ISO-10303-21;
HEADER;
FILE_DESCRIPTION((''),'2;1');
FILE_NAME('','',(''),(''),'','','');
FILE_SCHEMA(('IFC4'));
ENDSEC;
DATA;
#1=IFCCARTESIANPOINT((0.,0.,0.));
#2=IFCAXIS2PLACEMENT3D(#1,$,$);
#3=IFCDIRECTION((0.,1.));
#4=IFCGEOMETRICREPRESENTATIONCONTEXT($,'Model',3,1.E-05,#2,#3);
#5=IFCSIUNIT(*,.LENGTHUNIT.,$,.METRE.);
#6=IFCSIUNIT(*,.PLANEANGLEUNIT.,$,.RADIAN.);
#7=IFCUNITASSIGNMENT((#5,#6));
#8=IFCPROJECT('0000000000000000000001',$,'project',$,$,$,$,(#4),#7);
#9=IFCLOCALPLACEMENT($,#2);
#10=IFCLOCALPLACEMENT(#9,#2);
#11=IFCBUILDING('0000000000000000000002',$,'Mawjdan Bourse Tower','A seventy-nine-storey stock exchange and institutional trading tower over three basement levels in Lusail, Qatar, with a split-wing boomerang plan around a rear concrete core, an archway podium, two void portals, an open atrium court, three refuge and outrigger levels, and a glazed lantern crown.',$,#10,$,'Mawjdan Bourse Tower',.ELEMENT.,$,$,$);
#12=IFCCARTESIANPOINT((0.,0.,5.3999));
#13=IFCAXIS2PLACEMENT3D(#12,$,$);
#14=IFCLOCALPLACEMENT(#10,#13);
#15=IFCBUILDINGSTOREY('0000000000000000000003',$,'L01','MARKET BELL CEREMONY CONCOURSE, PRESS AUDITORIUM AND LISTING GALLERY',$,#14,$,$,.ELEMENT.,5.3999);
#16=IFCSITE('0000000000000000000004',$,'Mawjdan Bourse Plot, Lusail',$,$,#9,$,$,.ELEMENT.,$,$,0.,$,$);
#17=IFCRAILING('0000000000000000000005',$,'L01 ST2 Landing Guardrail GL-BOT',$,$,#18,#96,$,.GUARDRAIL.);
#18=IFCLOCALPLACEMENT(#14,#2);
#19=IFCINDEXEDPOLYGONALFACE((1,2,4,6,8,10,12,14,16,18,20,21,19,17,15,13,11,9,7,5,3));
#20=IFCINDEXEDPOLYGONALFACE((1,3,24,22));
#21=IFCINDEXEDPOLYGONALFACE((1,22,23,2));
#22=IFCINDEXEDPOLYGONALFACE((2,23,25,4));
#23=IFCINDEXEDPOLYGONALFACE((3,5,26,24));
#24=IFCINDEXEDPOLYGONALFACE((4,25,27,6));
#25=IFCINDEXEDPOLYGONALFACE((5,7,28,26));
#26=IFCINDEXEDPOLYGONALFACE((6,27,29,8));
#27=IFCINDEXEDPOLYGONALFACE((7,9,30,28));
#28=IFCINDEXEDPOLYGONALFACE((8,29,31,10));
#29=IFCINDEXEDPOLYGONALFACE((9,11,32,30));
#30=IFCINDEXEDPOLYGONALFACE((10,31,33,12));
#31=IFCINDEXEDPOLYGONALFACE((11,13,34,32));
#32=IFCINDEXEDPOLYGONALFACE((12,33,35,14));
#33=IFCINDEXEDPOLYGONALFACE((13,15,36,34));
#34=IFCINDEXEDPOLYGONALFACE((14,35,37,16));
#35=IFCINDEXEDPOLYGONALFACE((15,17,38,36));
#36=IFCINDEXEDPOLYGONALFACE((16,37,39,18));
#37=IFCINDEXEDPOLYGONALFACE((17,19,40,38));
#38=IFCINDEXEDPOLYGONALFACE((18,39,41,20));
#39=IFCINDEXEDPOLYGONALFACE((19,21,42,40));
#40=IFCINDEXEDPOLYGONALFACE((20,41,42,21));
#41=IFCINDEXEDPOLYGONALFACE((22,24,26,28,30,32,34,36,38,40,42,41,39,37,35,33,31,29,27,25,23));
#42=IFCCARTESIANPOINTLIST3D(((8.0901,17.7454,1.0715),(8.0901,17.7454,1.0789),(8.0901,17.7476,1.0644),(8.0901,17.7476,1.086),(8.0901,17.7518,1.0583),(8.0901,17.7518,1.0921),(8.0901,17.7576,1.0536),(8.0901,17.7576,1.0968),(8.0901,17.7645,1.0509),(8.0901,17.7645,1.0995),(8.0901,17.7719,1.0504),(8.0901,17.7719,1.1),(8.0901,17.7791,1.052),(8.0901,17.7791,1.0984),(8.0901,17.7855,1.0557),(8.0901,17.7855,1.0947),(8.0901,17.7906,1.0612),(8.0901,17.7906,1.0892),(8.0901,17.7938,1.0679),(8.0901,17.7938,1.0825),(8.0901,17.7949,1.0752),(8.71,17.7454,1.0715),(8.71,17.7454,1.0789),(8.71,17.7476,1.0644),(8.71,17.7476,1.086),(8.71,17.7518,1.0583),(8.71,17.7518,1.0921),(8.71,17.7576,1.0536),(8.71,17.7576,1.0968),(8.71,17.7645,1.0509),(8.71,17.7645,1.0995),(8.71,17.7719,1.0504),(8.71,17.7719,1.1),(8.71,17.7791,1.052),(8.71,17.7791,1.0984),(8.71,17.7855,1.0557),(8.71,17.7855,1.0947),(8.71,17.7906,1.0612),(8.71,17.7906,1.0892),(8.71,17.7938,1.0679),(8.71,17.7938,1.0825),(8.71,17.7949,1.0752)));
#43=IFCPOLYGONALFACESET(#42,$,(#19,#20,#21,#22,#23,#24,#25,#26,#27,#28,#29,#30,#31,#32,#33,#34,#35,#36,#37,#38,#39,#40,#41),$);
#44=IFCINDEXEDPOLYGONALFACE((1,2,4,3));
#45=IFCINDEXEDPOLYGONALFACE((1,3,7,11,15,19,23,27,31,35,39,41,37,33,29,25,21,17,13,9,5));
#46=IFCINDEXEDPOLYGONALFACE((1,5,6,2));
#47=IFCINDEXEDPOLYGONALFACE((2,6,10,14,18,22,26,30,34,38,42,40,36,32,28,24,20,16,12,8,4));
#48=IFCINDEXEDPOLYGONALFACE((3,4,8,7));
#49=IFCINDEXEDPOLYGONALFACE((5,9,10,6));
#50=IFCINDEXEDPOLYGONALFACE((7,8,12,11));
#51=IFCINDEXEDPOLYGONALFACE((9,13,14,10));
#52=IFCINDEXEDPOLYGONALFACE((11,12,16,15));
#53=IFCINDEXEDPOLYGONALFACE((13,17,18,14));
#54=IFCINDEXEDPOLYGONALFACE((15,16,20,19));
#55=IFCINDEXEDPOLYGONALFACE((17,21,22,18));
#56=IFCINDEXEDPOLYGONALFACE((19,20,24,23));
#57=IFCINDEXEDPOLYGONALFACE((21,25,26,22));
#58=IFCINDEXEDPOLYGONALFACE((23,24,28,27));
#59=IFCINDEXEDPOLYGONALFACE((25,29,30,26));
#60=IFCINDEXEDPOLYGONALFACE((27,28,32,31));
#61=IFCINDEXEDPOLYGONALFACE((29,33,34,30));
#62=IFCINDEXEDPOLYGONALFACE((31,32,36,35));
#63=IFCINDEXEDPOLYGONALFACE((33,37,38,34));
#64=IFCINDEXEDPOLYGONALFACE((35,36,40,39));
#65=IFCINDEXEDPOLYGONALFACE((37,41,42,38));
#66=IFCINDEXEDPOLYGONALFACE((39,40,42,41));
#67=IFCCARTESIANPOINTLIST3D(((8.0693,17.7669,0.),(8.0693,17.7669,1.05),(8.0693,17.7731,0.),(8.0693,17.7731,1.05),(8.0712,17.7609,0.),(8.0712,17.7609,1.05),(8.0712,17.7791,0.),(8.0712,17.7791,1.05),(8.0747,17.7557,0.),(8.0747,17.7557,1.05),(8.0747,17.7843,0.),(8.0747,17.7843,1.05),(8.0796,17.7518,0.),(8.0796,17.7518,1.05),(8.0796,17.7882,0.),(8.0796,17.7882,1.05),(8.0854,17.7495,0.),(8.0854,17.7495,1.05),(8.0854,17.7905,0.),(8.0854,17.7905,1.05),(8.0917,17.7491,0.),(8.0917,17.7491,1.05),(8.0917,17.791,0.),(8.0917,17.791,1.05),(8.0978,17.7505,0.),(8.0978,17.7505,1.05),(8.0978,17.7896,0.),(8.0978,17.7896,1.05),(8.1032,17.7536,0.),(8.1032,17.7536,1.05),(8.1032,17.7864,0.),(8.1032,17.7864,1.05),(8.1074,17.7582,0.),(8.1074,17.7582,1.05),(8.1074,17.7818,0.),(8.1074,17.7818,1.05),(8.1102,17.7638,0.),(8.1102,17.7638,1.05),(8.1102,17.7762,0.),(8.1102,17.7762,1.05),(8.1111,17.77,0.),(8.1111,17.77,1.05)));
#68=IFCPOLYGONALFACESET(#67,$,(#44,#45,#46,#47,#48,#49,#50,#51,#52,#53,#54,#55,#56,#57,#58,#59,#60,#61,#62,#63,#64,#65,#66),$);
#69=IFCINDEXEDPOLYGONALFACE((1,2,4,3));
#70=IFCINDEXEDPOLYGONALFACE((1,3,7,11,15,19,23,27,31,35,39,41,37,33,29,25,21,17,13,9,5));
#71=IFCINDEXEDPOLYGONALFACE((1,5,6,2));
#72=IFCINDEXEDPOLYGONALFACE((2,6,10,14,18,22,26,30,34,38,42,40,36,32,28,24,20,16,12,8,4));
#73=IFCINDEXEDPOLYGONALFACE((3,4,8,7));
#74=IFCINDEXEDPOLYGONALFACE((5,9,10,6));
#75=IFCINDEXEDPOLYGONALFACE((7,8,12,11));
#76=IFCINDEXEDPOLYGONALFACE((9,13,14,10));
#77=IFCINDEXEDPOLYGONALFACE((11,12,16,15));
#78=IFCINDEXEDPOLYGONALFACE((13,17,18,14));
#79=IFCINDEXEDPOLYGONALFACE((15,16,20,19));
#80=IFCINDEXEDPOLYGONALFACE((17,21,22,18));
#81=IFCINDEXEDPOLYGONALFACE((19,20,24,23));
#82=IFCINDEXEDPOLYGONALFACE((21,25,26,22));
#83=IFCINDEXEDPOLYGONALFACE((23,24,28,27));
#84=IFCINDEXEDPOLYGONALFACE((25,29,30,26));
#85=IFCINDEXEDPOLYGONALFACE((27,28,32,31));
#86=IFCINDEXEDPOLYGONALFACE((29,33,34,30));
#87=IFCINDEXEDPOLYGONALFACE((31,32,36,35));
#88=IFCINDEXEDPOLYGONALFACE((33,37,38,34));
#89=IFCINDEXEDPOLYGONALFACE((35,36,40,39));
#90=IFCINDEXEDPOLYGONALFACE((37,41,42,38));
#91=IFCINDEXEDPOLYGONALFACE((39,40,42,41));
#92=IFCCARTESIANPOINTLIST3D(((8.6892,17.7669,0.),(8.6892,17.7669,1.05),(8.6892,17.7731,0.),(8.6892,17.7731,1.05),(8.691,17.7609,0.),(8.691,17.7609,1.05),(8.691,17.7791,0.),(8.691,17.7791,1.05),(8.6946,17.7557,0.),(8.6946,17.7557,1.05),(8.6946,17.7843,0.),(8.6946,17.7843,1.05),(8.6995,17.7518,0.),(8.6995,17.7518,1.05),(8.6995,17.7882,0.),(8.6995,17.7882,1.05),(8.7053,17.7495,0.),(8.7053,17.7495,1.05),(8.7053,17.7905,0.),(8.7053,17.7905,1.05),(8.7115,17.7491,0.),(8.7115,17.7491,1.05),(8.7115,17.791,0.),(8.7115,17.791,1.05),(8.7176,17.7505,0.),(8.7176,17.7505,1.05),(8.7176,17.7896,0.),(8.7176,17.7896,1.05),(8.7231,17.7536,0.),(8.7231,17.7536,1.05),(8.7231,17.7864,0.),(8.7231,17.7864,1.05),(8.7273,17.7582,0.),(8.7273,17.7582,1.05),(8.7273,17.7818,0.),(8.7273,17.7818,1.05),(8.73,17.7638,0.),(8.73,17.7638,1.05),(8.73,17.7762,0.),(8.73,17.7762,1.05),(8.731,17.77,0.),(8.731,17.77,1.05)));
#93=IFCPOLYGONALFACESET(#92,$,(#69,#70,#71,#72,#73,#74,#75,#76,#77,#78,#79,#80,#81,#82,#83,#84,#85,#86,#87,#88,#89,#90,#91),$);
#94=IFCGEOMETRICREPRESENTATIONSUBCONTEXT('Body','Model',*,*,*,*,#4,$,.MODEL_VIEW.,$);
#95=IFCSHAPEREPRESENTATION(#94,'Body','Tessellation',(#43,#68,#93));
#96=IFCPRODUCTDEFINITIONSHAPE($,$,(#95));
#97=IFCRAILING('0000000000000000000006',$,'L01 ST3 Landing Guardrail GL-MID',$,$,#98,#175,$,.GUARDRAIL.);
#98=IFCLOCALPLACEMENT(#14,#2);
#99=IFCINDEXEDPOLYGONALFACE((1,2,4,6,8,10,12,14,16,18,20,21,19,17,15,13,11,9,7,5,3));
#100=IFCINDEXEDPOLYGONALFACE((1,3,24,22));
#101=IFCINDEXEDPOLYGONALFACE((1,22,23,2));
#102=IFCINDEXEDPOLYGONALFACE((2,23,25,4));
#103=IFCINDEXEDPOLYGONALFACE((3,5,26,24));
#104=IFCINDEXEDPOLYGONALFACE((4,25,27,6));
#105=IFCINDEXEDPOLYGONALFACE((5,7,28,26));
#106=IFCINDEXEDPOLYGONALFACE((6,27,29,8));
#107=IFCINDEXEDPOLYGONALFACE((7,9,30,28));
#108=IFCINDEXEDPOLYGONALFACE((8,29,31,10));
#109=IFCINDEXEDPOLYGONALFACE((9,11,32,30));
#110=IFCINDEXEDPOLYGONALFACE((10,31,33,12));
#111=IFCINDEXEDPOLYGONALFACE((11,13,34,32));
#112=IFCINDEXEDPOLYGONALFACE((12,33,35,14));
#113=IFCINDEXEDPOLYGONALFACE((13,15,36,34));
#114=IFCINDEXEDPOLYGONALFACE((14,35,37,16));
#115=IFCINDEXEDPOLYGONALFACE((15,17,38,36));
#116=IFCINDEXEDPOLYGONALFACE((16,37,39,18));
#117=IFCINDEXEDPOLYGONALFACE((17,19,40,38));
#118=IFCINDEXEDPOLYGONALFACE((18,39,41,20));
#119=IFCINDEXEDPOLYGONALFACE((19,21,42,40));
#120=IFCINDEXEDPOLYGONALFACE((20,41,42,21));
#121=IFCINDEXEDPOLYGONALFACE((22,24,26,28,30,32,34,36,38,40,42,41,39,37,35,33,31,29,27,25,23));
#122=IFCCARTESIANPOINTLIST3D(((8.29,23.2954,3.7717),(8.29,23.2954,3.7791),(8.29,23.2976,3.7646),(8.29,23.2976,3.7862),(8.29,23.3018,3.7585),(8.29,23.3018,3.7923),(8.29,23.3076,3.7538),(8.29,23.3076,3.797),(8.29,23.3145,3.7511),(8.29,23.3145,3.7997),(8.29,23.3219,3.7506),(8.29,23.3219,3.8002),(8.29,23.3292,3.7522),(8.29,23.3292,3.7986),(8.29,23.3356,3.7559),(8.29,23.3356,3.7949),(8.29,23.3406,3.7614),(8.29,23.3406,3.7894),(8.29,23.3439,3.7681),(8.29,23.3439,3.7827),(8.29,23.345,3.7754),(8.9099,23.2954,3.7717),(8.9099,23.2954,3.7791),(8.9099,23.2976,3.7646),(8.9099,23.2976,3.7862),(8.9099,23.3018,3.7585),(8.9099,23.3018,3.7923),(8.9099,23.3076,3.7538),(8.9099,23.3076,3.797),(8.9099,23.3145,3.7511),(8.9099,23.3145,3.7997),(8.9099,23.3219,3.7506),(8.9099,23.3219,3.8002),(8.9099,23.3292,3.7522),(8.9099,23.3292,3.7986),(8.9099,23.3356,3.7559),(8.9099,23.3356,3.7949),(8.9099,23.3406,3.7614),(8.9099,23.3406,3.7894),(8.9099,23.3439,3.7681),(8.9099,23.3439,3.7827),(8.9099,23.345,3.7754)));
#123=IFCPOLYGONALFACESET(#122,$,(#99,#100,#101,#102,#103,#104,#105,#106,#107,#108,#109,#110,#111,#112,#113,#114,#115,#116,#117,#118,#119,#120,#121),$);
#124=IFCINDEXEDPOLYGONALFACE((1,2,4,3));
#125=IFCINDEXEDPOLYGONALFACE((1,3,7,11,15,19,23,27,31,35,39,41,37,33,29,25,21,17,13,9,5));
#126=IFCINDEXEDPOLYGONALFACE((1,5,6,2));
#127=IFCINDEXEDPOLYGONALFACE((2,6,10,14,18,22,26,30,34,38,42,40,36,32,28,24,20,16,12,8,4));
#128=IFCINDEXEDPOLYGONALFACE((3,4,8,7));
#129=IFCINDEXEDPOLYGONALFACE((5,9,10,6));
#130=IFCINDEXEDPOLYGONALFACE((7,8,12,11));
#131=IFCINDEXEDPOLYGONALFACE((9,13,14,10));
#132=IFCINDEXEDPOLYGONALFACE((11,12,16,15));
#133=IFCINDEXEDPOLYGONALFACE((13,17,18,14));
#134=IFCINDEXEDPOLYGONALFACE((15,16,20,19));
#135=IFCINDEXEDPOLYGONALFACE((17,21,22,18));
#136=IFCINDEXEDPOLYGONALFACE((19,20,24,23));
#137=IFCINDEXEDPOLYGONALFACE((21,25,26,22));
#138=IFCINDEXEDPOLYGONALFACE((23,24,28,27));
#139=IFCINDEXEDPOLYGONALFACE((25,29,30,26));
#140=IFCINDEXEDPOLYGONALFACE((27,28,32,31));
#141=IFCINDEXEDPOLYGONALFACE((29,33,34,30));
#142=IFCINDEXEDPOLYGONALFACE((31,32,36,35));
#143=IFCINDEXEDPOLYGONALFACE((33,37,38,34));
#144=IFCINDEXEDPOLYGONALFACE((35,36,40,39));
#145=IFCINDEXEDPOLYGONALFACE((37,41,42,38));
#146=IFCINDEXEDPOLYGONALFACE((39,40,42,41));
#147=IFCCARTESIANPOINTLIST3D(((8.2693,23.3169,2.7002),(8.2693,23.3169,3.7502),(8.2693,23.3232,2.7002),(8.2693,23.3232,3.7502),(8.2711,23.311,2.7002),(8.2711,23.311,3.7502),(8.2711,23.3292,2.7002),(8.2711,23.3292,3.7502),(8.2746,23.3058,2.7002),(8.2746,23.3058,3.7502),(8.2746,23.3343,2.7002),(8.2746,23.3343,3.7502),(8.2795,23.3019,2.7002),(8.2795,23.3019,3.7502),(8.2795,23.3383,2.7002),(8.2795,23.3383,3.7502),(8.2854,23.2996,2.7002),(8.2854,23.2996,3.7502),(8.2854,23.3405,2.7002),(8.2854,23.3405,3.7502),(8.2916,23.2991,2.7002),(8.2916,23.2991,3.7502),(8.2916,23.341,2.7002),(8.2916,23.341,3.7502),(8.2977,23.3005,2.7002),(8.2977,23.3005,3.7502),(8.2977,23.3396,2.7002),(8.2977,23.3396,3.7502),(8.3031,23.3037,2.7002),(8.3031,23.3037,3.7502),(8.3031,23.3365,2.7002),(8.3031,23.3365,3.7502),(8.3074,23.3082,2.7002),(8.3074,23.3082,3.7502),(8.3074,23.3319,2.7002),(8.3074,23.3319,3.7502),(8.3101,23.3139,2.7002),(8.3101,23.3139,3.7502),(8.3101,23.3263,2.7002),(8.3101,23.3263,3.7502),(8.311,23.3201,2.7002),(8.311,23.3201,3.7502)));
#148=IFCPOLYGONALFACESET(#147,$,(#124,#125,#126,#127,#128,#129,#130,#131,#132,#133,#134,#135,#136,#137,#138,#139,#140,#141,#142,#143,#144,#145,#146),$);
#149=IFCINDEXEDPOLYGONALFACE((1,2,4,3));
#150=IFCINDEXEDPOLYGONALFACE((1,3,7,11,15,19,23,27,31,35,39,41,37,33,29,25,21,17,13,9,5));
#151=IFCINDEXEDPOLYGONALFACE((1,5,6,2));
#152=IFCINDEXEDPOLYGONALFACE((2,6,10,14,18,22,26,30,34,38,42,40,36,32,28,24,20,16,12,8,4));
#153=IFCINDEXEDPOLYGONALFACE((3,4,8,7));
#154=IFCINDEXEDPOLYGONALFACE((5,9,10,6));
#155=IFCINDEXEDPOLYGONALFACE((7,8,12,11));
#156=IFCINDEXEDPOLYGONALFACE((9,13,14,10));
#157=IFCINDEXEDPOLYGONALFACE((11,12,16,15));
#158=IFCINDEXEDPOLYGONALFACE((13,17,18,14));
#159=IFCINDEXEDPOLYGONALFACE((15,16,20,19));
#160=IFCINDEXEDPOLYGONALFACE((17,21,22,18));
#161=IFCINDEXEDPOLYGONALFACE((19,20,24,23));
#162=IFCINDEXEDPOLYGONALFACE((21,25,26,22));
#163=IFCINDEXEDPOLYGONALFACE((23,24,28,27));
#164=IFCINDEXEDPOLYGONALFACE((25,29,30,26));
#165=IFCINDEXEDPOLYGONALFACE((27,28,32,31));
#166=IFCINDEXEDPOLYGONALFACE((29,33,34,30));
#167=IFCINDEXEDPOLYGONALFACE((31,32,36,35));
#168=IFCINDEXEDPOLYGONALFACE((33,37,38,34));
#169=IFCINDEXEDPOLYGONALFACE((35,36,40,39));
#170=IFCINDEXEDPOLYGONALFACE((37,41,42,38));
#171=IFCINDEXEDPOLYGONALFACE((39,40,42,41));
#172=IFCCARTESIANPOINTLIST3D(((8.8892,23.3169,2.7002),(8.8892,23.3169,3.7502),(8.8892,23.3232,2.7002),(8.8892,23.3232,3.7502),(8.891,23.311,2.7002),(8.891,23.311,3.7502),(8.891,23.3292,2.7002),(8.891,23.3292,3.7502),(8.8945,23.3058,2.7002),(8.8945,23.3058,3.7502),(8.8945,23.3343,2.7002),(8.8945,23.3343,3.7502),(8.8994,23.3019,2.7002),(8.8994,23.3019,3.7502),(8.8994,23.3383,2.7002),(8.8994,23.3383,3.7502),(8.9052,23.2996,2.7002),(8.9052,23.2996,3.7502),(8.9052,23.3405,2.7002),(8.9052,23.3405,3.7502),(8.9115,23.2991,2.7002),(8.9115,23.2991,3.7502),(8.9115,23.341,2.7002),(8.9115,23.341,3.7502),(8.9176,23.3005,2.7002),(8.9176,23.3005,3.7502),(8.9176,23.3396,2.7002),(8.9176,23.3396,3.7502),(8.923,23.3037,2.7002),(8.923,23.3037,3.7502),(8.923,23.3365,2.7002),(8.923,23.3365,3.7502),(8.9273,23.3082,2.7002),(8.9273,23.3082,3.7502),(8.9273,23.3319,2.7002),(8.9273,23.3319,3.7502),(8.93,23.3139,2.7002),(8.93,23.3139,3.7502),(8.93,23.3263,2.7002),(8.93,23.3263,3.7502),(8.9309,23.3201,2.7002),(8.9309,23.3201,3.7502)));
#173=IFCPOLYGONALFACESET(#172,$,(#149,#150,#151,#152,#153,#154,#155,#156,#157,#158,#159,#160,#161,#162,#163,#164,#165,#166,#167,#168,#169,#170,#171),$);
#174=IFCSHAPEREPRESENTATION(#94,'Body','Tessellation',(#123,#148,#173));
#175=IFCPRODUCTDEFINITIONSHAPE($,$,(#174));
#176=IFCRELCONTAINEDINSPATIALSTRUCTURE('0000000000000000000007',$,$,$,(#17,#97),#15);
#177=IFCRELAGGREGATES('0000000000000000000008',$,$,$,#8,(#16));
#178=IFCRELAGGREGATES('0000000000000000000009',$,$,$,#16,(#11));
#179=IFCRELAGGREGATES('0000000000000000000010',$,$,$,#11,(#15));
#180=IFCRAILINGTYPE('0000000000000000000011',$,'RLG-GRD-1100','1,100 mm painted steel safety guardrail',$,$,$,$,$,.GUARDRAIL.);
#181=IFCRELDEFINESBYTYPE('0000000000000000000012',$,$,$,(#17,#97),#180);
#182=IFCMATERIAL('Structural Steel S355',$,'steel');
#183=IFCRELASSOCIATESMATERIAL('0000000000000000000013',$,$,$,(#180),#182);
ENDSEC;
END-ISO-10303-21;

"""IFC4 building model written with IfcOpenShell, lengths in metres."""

from ifc_helpers import new_model, si_unit, direction, frame, origin, origin_2d, place, context, subcontext, project, spatial, circle, extrude, material, type_object, element, save


model = new_model("IFC4")

# Units and contexts
model_context = context("Model", 3, precision=1e-05, world=origin(), true_north=direction((0.0, 1.0)))
body_context = subcontext(model_context, "Body", "Model", "MODEL_VIEW")
ifc_project = project(units=[si_unit("LENGTHUNIT", "METRE"), si_unit("PLANEANGLEUNIT", "RADIAN")], contexts=[model_context])

# Site, building, storey
site_placement = place(None, origin())
site = spatial("IfcSite", under=ifc_project, at=site_placement, Name="Mawjdan Bourse Plot, Lusail", CompositionType="ELEMENT", RefElevation=0.0)
building_placement = place(site_placement, origin())
building = spatial("IfcBuilding", under=site, at=building_placement, Name="Mawjdan Bourse Tower", Description="A seventy-nine-storey stock exchange and institutional trading tower over three basement levels in Lusail, Qatar, with a split-wing boomerang plan around a rear concrete core, an archway podium, two void portals, an open atrium court, three refuge and outrigger levels, and a glazed lantern crown.", LongName="Mawjdan Bourse Tower", CompositionType="ELEMENT")
storey_placement = place(building_placement, frame((0.0, 0.0, 5.3999)))
storey = spatial("IfcBuildingStorey", under=building, at=storey_placement, Name="L01", Description="MARKET BELL CEREMONY CONCOURSE, PRESS AUDITORIUM AND LISTING GALLERY", CompositionType="ELEMENT", Elevation=5.3999)

# Shared definitions
ifc_material_1 = material(Name="Structural Steel S355", Category="steel")

# Railings
railing_type_1 = type_object("IfcRailingType", Name="RLG-GRD-1100", Description="1,100 mm painted steel safety guardrail", PredefinedType="GUARDRAIL", material=ifc_material_1)
for number, where, name in (
    (1, (8.0901, 17.77, 0.0), "L01 ST2 Landing Guardrail GL-BOT"),
    (2, (8.29, 23.3201, 2.7002), "L01 ST3 Landing Guardrail GL-MID"),
):
    element("IfcRailing", number, at=place(storey_placement, frame(where)), inside=storey, type_object=railing_type_1, Name=name, PredefinedType="GUARDRAIL", context=body_context, shape_type="SweptSolid", body=[
        extrude(circle(Radius=0.0249, at=origin_2d()), frame((0.0, 0.0, 1.0752), z_axis=(1.0, 0.0, 0.0), x_axis=(0.0, 1.0, 0.0)), (0.0, 0.0, 1.0), 0.6199),
        extrude(circle(Radius=0.021, at=origin_2d()), origin(), (0.0, 0.0, 1.0), 1.05),
        extrude(circle(Radius=0.021, at=origin_2d()), frame((0.6199, 0.0, 0.0)), (0.0, 0.0, 1.0), 1.05),
    ])

save(model, "model.ifc")
